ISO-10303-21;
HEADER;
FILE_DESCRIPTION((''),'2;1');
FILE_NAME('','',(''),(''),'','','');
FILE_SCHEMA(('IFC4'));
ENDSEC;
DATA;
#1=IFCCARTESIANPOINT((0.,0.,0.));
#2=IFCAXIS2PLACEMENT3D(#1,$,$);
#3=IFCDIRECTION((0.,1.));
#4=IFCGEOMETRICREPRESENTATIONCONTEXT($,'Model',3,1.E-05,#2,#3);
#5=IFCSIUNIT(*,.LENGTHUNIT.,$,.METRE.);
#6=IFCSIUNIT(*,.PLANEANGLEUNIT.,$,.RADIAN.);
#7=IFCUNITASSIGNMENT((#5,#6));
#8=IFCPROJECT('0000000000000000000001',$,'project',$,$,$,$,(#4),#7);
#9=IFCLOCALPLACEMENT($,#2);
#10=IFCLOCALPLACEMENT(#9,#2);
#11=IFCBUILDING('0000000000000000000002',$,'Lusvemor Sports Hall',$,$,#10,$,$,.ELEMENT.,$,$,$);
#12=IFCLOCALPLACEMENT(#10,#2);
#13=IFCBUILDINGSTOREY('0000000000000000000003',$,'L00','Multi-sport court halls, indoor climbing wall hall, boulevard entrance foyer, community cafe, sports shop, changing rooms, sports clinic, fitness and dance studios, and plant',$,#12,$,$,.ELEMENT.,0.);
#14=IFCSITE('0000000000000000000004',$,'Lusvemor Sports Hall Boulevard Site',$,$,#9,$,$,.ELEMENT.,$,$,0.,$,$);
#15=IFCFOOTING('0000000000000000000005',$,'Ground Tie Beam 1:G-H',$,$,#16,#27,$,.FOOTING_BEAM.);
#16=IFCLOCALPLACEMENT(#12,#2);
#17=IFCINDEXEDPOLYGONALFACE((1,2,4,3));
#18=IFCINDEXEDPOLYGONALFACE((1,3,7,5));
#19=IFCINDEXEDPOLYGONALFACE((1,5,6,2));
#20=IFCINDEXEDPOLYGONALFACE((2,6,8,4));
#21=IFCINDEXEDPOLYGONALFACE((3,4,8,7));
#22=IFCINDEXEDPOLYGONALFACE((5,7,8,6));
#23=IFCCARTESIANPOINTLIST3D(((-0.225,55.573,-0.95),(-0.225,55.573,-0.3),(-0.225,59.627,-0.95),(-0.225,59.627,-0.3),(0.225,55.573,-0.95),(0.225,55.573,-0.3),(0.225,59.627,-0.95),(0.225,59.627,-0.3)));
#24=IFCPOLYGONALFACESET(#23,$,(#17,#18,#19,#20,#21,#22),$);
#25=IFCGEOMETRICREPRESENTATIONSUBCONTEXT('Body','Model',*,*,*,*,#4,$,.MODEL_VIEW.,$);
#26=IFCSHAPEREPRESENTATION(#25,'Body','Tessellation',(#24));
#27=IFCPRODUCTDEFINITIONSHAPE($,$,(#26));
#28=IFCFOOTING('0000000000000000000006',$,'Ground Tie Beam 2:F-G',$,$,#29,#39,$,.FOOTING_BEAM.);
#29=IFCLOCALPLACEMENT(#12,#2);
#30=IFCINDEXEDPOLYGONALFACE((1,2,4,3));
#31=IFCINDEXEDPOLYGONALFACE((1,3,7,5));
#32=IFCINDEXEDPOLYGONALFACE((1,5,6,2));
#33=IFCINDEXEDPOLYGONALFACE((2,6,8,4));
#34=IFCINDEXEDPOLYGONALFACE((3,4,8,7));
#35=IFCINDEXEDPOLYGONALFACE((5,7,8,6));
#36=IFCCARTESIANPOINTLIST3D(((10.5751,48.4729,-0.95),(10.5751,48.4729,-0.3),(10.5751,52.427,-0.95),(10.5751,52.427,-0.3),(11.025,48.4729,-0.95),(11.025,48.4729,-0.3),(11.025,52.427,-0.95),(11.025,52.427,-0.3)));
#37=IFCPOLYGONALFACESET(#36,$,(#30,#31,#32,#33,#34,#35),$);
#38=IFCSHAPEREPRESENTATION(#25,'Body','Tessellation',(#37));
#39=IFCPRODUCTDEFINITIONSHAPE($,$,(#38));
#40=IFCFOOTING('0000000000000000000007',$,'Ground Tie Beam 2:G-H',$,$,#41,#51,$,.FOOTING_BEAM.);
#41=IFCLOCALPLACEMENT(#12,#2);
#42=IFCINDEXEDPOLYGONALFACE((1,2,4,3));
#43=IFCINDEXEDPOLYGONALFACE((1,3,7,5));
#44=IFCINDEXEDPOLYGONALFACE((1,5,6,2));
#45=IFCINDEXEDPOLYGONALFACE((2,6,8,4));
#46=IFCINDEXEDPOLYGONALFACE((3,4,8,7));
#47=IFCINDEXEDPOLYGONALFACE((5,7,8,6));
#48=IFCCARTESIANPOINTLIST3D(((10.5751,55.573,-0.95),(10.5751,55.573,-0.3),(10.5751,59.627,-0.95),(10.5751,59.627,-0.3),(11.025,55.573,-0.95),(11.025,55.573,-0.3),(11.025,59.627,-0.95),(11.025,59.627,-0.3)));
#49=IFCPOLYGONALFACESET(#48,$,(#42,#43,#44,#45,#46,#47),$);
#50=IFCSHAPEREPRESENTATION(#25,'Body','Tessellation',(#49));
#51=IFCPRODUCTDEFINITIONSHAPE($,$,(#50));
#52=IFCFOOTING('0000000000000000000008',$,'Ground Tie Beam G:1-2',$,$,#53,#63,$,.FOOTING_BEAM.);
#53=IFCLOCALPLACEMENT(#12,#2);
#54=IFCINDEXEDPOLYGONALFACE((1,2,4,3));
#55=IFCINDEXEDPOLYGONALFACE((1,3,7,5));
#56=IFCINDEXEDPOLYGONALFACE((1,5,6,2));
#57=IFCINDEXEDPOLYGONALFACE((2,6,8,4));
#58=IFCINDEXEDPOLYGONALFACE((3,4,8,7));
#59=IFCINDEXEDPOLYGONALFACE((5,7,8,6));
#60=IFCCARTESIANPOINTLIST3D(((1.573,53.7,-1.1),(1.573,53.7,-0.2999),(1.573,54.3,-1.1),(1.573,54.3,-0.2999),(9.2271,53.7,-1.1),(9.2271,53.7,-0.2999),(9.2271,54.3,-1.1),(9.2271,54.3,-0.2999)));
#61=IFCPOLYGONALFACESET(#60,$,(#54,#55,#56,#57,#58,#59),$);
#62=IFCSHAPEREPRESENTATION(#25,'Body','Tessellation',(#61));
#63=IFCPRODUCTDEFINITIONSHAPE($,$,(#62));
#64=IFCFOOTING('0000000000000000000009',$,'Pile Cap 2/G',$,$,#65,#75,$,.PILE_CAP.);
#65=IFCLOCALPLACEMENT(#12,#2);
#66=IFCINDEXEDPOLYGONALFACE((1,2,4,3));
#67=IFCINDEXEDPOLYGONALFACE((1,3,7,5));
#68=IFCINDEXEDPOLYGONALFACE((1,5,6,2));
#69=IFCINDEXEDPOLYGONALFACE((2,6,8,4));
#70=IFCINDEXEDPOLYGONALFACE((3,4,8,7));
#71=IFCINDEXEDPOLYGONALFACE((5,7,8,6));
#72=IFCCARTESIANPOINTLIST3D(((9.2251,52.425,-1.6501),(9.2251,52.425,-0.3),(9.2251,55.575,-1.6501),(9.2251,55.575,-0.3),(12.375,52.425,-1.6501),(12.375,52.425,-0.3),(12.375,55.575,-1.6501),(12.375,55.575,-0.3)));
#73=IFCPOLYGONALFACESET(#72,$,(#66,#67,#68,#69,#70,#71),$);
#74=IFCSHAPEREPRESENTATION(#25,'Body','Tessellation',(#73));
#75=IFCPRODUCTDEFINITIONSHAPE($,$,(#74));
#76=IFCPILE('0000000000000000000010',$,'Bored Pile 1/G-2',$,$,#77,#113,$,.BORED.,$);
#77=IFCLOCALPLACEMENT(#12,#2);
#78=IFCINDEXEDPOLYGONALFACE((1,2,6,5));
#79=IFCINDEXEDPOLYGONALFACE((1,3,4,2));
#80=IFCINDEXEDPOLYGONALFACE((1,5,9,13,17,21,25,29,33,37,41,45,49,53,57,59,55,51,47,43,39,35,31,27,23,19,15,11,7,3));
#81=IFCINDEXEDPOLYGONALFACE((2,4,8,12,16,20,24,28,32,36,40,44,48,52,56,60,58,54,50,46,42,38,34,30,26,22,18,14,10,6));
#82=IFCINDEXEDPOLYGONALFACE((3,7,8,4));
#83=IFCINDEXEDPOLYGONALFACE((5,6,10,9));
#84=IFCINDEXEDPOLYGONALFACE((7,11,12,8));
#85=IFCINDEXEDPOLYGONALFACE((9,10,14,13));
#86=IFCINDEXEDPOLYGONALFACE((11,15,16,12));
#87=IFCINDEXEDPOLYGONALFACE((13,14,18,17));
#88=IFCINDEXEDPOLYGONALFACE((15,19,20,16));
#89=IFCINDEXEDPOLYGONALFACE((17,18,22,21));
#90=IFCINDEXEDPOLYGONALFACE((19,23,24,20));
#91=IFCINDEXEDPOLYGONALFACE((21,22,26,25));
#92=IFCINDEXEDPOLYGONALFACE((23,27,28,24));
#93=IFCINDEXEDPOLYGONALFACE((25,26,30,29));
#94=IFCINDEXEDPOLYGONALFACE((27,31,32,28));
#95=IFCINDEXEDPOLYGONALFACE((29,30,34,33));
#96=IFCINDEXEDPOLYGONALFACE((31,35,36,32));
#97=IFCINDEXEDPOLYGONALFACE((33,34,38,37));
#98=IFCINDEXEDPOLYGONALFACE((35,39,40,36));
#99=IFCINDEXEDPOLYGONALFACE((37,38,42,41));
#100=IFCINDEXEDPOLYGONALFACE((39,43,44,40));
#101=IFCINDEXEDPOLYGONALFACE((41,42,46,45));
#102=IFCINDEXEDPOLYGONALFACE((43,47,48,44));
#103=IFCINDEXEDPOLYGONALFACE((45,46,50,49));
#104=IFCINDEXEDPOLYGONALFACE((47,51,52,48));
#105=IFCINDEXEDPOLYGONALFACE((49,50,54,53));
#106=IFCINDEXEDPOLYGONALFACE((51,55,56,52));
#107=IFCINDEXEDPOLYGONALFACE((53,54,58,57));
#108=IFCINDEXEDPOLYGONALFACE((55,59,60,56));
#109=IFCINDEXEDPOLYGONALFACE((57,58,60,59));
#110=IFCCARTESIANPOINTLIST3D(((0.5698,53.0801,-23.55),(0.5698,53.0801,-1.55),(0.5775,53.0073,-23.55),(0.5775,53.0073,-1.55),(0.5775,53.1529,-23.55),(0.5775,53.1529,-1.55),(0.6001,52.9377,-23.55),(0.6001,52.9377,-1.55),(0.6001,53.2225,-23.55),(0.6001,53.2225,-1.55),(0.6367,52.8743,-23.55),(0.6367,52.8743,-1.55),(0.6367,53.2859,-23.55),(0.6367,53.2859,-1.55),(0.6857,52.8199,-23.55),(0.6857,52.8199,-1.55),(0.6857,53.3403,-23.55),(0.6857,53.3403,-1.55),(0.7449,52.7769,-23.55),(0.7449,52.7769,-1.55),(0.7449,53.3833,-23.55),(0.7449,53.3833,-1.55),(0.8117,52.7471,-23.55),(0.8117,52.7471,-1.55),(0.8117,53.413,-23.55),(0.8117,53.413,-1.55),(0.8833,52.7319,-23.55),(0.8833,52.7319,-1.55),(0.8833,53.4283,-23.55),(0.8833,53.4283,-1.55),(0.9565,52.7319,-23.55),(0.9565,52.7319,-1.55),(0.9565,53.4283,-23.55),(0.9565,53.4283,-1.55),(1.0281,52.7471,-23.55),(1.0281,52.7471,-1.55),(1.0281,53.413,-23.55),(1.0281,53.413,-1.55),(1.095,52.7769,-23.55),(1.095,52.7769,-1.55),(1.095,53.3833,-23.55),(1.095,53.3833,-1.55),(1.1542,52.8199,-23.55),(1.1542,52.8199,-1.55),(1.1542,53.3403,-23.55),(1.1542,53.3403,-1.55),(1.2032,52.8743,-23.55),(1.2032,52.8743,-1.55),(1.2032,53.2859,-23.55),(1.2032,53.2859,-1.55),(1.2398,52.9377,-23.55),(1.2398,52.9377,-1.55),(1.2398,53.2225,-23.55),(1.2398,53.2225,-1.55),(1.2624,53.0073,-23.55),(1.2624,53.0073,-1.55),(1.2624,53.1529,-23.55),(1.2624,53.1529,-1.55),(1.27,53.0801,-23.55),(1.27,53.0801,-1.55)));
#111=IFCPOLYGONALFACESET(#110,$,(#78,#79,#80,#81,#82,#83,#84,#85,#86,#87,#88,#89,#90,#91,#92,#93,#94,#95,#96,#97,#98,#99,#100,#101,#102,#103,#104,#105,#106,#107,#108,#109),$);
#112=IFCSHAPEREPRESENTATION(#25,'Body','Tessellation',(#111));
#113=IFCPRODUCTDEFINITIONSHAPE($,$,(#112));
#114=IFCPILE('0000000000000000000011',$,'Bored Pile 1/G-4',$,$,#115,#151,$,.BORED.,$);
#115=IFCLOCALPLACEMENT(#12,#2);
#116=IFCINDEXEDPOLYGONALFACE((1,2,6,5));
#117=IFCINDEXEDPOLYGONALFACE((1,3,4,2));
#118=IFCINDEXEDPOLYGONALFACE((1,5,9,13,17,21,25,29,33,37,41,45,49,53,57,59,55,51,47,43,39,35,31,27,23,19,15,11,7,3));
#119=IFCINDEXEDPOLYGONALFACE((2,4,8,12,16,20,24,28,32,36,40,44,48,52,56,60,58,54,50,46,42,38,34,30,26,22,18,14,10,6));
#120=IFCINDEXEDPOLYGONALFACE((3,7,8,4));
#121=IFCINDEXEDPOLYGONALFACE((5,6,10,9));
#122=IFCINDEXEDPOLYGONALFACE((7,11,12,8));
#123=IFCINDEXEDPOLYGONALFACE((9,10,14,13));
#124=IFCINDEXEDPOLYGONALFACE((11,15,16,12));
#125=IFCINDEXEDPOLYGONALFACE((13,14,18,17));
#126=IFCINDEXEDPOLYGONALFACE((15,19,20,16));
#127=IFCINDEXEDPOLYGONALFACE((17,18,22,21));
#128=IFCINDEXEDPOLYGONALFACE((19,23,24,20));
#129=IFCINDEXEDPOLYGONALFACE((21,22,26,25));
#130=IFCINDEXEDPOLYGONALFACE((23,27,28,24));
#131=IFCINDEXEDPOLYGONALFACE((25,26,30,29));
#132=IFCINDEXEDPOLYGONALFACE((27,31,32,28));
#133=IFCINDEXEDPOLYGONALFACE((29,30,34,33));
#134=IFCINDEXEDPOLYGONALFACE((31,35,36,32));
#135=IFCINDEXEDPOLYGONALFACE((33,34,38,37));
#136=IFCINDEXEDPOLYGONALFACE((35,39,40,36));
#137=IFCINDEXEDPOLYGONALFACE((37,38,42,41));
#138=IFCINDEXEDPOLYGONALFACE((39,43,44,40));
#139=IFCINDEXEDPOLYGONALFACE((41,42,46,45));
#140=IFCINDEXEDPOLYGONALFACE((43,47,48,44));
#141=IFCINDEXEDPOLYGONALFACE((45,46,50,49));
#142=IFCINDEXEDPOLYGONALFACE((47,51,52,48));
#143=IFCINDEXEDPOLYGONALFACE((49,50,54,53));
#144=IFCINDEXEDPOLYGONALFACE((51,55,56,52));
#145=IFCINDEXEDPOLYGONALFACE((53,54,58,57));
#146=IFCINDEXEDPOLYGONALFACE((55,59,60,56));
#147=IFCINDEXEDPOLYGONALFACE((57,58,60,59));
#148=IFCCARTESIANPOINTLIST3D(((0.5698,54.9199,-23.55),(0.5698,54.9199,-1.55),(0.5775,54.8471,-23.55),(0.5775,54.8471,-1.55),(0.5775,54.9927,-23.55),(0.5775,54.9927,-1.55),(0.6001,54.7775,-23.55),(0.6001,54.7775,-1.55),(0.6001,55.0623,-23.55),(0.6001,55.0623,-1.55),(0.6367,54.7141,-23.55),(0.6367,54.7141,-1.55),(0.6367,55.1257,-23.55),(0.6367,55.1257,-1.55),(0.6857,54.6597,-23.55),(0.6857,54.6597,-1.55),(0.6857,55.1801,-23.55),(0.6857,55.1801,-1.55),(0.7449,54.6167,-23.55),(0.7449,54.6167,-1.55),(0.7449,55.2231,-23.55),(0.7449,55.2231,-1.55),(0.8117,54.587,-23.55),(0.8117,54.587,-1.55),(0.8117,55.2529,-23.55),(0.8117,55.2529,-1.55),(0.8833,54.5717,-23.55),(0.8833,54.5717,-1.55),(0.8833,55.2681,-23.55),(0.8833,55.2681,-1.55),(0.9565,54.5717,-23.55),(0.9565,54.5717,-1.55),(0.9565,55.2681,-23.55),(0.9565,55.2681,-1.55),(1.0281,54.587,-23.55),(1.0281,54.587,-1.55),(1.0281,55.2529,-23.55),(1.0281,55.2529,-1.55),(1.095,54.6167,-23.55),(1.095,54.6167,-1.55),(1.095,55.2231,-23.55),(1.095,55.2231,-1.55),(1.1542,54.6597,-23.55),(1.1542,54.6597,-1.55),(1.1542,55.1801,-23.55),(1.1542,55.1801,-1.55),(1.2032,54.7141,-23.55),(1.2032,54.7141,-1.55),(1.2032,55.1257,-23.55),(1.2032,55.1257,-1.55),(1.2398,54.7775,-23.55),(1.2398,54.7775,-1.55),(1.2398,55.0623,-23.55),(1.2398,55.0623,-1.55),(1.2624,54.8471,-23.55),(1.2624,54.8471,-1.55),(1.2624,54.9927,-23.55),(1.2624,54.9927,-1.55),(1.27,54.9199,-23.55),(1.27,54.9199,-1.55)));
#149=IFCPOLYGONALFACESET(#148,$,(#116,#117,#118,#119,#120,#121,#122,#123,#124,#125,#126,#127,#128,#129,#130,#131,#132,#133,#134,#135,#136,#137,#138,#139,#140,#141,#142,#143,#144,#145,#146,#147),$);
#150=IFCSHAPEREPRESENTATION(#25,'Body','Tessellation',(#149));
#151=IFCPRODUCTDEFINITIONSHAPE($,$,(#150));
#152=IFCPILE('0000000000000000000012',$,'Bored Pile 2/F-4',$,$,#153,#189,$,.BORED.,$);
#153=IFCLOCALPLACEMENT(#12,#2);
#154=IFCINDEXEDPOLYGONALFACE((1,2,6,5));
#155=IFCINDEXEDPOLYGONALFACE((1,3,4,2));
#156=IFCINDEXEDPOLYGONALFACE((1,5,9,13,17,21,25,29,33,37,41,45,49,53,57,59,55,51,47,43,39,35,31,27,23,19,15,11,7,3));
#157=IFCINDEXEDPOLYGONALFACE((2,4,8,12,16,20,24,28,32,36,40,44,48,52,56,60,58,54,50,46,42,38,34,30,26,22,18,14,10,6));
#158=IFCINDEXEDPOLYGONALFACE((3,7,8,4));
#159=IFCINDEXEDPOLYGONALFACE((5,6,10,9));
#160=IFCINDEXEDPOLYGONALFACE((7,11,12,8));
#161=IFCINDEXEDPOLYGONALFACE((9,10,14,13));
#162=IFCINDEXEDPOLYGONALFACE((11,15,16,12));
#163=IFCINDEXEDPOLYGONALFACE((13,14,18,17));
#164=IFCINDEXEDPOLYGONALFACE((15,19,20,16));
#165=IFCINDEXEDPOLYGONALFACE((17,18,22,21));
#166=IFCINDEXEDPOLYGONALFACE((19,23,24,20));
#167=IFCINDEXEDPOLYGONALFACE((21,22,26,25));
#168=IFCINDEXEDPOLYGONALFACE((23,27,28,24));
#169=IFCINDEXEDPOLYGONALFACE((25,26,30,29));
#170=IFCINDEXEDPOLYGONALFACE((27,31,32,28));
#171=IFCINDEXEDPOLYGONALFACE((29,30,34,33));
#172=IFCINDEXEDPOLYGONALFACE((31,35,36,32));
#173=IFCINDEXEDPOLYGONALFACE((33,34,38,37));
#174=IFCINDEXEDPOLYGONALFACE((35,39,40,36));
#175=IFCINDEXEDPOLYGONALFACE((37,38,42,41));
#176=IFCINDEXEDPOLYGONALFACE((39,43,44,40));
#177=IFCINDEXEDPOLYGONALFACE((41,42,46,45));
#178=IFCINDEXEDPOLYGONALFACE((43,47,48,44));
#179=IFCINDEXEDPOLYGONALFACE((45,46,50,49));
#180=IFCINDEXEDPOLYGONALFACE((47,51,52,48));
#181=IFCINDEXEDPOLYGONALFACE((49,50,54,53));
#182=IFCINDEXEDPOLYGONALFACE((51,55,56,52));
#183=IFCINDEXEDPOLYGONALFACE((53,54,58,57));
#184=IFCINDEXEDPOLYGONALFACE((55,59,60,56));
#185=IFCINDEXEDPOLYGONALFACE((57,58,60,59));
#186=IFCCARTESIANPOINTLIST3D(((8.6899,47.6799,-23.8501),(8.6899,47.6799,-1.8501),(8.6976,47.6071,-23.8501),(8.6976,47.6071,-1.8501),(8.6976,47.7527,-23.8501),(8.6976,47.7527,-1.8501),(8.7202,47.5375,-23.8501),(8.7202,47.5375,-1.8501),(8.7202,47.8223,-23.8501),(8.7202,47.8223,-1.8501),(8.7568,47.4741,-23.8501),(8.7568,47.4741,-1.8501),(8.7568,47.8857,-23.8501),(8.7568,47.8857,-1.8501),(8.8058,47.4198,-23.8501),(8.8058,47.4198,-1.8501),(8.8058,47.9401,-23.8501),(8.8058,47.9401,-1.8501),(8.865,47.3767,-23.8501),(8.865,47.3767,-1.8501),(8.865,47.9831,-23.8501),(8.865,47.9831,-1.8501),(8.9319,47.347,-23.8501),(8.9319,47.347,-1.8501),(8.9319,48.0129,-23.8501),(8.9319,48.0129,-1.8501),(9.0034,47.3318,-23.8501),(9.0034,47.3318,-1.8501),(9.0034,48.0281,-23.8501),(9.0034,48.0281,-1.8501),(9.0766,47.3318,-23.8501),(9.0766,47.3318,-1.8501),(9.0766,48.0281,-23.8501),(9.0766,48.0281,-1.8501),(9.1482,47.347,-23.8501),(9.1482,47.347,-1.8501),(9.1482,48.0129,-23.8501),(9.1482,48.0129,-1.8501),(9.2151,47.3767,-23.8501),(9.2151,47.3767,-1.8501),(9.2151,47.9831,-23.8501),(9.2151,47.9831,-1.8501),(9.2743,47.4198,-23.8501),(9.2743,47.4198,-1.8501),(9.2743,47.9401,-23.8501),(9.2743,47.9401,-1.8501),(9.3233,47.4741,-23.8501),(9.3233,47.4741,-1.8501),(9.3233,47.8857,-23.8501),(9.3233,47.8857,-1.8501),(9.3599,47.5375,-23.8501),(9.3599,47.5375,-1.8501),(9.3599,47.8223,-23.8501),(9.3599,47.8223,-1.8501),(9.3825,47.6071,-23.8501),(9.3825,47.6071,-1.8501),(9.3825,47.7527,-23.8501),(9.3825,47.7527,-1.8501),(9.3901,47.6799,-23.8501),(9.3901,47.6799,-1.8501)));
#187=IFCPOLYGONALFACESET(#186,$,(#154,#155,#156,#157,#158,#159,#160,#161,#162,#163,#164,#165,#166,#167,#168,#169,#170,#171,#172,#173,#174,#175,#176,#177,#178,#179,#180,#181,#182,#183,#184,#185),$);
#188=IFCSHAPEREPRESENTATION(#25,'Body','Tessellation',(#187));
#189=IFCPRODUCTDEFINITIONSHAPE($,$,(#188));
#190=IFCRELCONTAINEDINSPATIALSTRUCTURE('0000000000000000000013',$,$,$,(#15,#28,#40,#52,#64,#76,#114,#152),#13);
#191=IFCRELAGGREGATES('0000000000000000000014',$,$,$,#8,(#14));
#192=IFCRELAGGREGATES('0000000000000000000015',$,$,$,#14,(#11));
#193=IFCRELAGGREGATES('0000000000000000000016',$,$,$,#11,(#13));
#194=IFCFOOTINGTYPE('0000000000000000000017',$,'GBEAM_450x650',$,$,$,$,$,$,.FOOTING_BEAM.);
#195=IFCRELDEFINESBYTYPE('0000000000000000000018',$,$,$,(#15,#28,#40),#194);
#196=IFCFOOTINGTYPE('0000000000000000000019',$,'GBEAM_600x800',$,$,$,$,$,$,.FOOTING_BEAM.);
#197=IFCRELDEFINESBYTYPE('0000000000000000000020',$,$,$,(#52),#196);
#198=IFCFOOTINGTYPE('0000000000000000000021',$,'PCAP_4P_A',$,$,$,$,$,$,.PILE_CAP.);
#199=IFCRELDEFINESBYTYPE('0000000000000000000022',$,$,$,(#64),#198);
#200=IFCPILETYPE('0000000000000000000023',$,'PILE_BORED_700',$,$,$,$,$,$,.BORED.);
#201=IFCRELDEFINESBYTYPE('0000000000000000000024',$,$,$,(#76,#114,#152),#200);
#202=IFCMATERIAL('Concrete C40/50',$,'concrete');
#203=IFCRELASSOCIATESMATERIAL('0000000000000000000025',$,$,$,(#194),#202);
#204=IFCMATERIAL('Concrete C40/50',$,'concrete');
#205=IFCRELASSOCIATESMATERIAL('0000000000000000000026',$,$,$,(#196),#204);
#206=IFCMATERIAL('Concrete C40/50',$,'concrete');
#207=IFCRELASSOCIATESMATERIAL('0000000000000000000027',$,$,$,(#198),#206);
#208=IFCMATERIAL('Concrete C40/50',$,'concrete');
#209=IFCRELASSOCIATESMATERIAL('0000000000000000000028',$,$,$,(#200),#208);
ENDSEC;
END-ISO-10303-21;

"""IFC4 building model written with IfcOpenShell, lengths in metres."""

from ifc_helpers import new_model, si_unit, direction, frame, origin, origin_2d, place, context, subcontext, project, spatial, rectangle, circle, extrude, material, material_profile, profile_set, type_object, element, save


model = new_model("IFC4")

# Units and contexts
model_context = context("Model", 3, precision=1e-05, world=origin(), true_north=direction((0.0, 1.0)))
body_context = subcontext(model_context, "Body", "Model", "MODEL_VIEW")
ifc_project = project(units=[si_unit("LENGTHUNIT", "METRE"), si_unit("PLANEANGLEUNIT", "RADIAN")], contexts=[model_context])

# Site, building, storey
site_placement = place(None, origin())
site = spatial("IfcSite", under=ifc_project, at=site_placement, Name="Lusvemor Sports Hall Boulevard Site", CompositionType="ELEMENT", RefElevation=0.0)
building_placement = place(site_placement, origin())
building = spatial("IfcBuilding", under=site, at=building_placement, Name="Lusvemor Sports Hall", CompositionType="ELEMENT")
storey_placement = place(building_placement, origin())
storey = spatial("IfcBuildingStorey", under=building, at=storey_placement, Name="L00", Description="Multi-sport court halls, indoor climbing wall hall, boulevard entrance foyer, community cafe, sports shop, changing rooms, sports clinic, fitness and dance studios, and plant", CompositionType="ELEMENT", Elevation=0.0)

# Footings
ifc_material_1 = material(Name="Concrete C40/50", Category="concrete")
ifc_material_profile_1 = material_profile(ifc_material_1, rectangle(XDim=0.45, YDim=0.6499, at=origin_2d()), Name="GB_450x650")
ifc_profile_set_1 = profile_set([ifc_material_profile_1], Name="Concrete C40/50")
footing_type_1 = type_object("IfcFootingType", Name="GBEAM_450x650", PredefinedType="FOOTING_BEAM", material=ifc_profile_set_1)
footing_1_placement = place(storey_placement, frame((0.0, 55.573, -0.625), z_axis=(0.0, 1.0, 0.0), x_axis=(-1.0, 0.0, 0.0)))
element("IfcFooting", 1, at=footing_1_placement, inside=storey, type_object=footing_type_1, Name="Ground Tie Beam 1:G-H", PredefinedType="FOOTING_BEAM", context=body_context, shape_type="SweptSolid", body=[
    extrude(rectangle(XDim=0.45, YDim=0.6499, at=origin_2d()), origin(), (0.0, 0.0, 1.0), 4.054),
])
footing_2_placement = place(storey_placement, frame((10.8, 48.4729, -0.625), z_axis=(0.0, 1.0, 0.0), x_axis=(-1.0, 0.0, 0.0)))
element("IfcFooting", 2, at=footing_2_placement, inside=storey, type_object=footing_type_1, Name="Ground Tie Beam 2:F-G", PredefinedType="FOOTING_BEAM", context=body_context, shape_type="SweptSolid", body=[
    extrude(rectangle(XDim=0.45, YDim=0.6499, at=origin_2d()), origin(), (0.0, 0.0, 1.0), 3.9541),
])
footing_3_placement = place(storey_placement, frame((10.8, 55.573, -0.625), z_axis=(0.0, 1.0, 0.0), x_axis=(-1.0, 0.0, 0.0)))
element("IfcFooting", 3, at=footing_3_placement, inside=storey, type_object=footing_type_1, Name="Ground Tie Beam 2:G-H", PredefinedType="FOOTING_BEAM", context=body_context, shape_type="SweptSolid", body=[
    extrude(rectangle(XDim=0.45, YDim=0.6499, at=origin_2d()), origin(), (0.0, 0.0, 1.0), 4.054),
])
ifc_material_2 = material(Name="Concrete C40/50", Category="concrete")
ifc_material_profile_2 = material_profile(ifc_material_2, rectangle(XDim=0.6001, YDim=0.8, at=origin_2d()), Name="GB_600x800")
ifc_profile_set_2 = profile_set([ifc_material_profile_2], Name="Concrete C40/50")
footing_type_2 = type_object("IfcFootingType", Name="GBEAM_600x800", PredefinedType="FOOTING_BEAM", material=ifc_profile_set_2)
footing_4_placement = place(storey_placement, frame((1.573, 54.0, -0.7), z_axis=(1.0, 0.0, 0.0), x_axis=(0.0, 1.0, 0.0)))
element("IfcFooting", 4, at=footing_4_placement, inside=storey, type_object=footing_type_2, Name="Ground Tie Beam G:1-2", PredefinedType="FOOTING_BEAM", context=body_context, shape_type="SweptSolid", body=[
    extrude(rectangle(XDim=0.6001, YDim=0.8, at=origin_2d()), origin(), (0.0, 0.0, 1.0), 7.6541),
])
ifc_material_3 = material(Name="Concrete C40/50", Category="concrete")
footing_type_3 = type_object("IfcFootingType", Name="PCAP_4P_A", PredefinedType="PILE_CAP", material=ifc_material_3)
footing_5_placement = place(storey_placement, frame((10.8, 54.0, -1.6501), z_axis=(0.0, 0.0, 1.0), x_axis=(1.0, 0.0, 0.0)))
element("IfcFooting", 5, at=footing_5_placement, inside=storey, type_object=footing_type_3, Name="Pile Cap 2/G", PredefinedType="PILE_CAP", context=body_context, shape_type="SweptSolid", body=[
    extrude(rectangle(XDim=3.1499, YDim=3.1499, at=origin_2d()), origin(), (0.0, 0.0, 1.0), 1.3501),
])

# Piles
ifc_material_4 = material(Name="Concrete C40/50", Category="concrete")
ifc_material_profile_3 = material_profile(ifc_material_4, circle(Radius=0.3501, at=origin_2d()), Name="PILE700")
ifc_profile_set_3 = profile_set([ifc_material_profile_3], Name="Concrete C40/50")
pile_type = type_object("IfcPileType", Name="PILE_BORED_700", PredefinedType="BORED", material=ifc_profile_set_3)
for number, where, z_axis, x_axis, name in (
    (6, (0.9199, 53.0801, -1.55), (0.0, 0.0, -1.0), (1.0, 0.0, 0.0), "Bored Pile 1/G-2"),
    (7, (0.9199, 54.9199, -1.55), (0.0, 0.0, -1.0), (1.0, 0.0, 0.0), "Bored Pile 1/G-4"),
    (8, (9.04, 47.6799, -1.8501), (0.0, 0.0, -1.0), (1.0, 0.0, 0.0), "Bored Pile 2/F-4"),
):
    element("IfcPile", number, at=place(storey_placement, frame(where, z_axis=z_axis, x_axis=x_axis)), inside=storey, type_object=pile_type, Name=name, PredefinedType="BORED", context=body_context, shape_type="SweptSolid", body=[
        extrude(circle(Radius=0.3501, at=origin_2d()), origin(), (0.0, 0.0, 1.0), 22.0),
    ])

save(model, "model.ifc")
